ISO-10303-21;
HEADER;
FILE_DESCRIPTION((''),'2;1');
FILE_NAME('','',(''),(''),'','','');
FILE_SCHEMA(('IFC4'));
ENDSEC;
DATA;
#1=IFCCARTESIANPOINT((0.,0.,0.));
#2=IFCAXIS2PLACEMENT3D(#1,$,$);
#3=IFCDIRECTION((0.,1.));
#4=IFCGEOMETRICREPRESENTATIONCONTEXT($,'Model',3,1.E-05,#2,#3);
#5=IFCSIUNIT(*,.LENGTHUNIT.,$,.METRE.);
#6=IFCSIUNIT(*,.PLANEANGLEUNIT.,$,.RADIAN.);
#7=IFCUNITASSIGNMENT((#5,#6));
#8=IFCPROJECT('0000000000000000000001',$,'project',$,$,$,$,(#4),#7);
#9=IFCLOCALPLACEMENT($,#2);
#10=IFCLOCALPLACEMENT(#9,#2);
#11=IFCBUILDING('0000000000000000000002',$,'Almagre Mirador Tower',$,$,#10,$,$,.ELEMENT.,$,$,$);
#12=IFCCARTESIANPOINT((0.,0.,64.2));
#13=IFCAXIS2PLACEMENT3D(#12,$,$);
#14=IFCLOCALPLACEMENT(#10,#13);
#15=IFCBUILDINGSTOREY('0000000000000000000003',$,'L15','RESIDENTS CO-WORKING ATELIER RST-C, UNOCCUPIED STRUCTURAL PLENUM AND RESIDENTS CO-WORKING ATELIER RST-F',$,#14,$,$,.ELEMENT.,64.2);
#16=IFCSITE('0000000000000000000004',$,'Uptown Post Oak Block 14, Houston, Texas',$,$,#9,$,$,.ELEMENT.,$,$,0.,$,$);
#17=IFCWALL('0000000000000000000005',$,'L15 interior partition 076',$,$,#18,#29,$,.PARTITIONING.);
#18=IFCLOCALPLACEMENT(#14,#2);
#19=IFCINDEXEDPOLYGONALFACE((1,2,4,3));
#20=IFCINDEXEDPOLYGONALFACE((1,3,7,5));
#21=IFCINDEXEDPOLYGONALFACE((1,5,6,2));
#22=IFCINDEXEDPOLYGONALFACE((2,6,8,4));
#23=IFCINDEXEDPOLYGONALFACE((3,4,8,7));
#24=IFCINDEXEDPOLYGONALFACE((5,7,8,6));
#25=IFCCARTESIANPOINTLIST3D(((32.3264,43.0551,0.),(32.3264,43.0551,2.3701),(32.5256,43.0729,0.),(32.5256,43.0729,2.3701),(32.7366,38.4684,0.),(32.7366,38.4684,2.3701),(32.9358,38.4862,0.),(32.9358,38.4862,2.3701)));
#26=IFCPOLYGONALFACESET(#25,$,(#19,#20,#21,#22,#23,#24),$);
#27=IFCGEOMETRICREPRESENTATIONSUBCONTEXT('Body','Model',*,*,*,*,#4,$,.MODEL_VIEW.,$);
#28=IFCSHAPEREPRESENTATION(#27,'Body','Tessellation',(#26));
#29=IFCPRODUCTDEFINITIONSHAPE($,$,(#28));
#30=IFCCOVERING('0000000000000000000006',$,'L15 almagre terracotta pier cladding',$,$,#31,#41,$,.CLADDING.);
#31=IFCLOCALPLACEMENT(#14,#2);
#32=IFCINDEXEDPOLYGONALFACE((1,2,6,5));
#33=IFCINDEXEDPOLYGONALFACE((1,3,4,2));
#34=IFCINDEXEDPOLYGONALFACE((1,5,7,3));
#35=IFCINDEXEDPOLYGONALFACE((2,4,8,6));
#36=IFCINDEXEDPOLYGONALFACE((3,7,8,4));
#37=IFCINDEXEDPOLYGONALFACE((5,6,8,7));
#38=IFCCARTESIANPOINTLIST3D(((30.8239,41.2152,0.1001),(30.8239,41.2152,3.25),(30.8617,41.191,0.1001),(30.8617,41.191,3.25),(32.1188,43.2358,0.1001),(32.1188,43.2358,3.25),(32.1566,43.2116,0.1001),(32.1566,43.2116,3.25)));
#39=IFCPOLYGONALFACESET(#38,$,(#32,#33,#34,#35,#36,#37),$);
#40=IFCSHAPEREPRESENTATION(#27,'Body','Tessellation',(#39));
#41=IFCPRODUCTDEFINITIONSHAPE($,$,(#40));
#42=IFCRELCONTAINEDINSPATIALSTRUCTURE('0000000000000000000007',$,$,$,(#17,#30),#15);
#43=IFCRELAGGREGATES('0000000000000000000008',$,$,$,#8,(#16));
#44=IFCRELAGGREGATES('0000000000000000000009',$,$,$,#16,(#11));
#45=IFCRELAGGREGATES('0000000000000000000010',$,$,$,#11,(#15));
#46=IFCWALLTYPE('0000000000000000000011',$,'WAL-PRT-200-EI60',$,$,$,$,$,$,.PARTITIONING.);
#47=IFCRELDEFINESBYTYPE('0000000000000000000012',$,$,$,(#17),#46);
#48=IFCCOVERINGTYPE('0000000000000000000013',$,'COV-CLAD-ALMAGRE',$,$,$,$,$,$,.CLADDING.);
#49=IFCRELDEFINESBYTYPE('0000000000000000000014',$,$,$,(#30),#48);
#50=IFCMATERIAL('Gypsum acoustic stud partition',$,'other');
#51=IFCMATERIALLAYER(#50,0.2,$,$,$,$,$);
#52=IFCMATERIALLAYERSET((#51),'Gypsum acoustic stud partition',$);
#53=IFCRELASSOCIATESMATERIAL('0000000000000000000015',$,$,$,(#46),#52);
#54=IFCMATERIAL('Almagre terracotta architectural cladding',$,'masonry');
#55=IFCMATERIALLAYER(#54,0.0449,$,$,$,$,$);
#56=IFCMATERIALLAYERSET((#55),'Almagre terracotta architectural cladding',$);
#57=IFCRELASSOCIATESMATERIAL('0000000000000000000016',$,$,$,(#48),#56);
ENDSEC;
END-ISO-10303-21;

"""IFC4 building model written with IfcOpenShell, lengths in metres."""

from ifc_helpers import new_model, si_unit, direction, frame, frame_2d, origin, origin_2d, place, context, subcontext, project, spatial, rectangle, extrude, material, layer, layer_set, type_object, element, save


model = new_model("IFC4")

# Units and contexts
model_context = context("Model", 3, precision=1e-05, world=origin(), true_north=direction((0.0, 1.0)))
body_context = subcontext(model_context, "Body", "Model", "MODEL_VIEW")
ifc_project = project(units=[si_unit("LENGTHUNIT", "METRE"), si_unit("PLANEANGLEUNIT", "RADIAN")], contexts=[model_context])

# Site, building, storey
site_placement = place(None, origin())
site = spatial("IfcSite", under=ifc_project, at=site_placement, Name="Uptown Post Oak Block 14, Houston, Texas", CompositionType="ELEMENT", RefElevation=0.0)
building_placement = place(site_placement, origin())
building = spatial("IfcBuilding", under=site, at=building_placement, Name="Almagre Mirador Tower", CompositionType="ELEMENT")
storey_placement = place(building_placement, frame((0.0, 0.0, 64.2)))
storey = spatial("IfcBuildingStorey", under=building, at=storey_placement, Name="L15", Description="RESIDENTS CO-WORKING ATELIER RST-C, UNOCCUPIED STRUCTURAL PLENUM AND RESIDENTS CO-WORKING ATELIER RST-F", CompositionType="ELEMENT", Elevation=64.2)

# Wall
ifc_material_1 = material(Name="Gypsum acoustic stud partition", Category="other")
ifc_layer_1 = layer(ifc_material_1, 0.2)
ifc_layer_set_1 = layer_set([ifc_layer_1], Name="Gypsum acoustic stud partition")
wall_type_1 = type_object("IfcWallType", Name="WAL-PRT-200-EI60", PredefinedType="PARTITIONING", material=ifc_layer_set_1)
wall_1_placement = place(storey_placement, frame((32.8362, 38.4773, 0.0), z_axis=(0.0, 0.0, 1.0), x_axis=(-0.089068, 0.996026, 0.0)))
element("IfcWall", 1, at=wall_1_placement, inside=storey, type_object=wall_type_1, Name="L15 interior partition 076", PredefinedType="PARTITIONING", context=body_context, shape_type="SweptSolid", body=[
    extrude(rectangle(XDim=4.605, YDim=0.2, at=frame_2d((2.3025, 0.0))), origin(), (0.0, 0.0, 1.0), 2.3701),
])

# Covering
ifc_material_2 = material(Name="Almagre terracotta architectural cladding", Category="masonry")
ifc_layer_2 = layer(ifc_material_2, 0.0449)
ifc_layer_set_2 = layer_set([ifc_layer_2], Name="Almagre terracotta architectural cladding")
covering_type = type_object("IfcCoveringType", Name="COV-CLAD-ALMAGRE", PredefinedType="CLADDING", material=ifc_layer_set_2)
covering_placement = place(storey_placement, frame((31.4902, 42.2134, 0.1001), z_axis=(0.0, 0.0, 1.0), x_axis=(0.53955, 0.841954, 0.0)))
element("IfcCovering", 2, at=covering_placement, inside=storey, type_object=covering_type, Name="L15 almagre terracotta pier cladding", PredefinedType="CLADDING", context=body_context, shape_type="SweptSolid", body=[
    extrude(rectangle(XDim=2.3999, YDim=0.0449, at=origin_2d()), origin(), (0.0, 0.0, 1.0), 3.1499),
])

save(model, "model.ifc")
